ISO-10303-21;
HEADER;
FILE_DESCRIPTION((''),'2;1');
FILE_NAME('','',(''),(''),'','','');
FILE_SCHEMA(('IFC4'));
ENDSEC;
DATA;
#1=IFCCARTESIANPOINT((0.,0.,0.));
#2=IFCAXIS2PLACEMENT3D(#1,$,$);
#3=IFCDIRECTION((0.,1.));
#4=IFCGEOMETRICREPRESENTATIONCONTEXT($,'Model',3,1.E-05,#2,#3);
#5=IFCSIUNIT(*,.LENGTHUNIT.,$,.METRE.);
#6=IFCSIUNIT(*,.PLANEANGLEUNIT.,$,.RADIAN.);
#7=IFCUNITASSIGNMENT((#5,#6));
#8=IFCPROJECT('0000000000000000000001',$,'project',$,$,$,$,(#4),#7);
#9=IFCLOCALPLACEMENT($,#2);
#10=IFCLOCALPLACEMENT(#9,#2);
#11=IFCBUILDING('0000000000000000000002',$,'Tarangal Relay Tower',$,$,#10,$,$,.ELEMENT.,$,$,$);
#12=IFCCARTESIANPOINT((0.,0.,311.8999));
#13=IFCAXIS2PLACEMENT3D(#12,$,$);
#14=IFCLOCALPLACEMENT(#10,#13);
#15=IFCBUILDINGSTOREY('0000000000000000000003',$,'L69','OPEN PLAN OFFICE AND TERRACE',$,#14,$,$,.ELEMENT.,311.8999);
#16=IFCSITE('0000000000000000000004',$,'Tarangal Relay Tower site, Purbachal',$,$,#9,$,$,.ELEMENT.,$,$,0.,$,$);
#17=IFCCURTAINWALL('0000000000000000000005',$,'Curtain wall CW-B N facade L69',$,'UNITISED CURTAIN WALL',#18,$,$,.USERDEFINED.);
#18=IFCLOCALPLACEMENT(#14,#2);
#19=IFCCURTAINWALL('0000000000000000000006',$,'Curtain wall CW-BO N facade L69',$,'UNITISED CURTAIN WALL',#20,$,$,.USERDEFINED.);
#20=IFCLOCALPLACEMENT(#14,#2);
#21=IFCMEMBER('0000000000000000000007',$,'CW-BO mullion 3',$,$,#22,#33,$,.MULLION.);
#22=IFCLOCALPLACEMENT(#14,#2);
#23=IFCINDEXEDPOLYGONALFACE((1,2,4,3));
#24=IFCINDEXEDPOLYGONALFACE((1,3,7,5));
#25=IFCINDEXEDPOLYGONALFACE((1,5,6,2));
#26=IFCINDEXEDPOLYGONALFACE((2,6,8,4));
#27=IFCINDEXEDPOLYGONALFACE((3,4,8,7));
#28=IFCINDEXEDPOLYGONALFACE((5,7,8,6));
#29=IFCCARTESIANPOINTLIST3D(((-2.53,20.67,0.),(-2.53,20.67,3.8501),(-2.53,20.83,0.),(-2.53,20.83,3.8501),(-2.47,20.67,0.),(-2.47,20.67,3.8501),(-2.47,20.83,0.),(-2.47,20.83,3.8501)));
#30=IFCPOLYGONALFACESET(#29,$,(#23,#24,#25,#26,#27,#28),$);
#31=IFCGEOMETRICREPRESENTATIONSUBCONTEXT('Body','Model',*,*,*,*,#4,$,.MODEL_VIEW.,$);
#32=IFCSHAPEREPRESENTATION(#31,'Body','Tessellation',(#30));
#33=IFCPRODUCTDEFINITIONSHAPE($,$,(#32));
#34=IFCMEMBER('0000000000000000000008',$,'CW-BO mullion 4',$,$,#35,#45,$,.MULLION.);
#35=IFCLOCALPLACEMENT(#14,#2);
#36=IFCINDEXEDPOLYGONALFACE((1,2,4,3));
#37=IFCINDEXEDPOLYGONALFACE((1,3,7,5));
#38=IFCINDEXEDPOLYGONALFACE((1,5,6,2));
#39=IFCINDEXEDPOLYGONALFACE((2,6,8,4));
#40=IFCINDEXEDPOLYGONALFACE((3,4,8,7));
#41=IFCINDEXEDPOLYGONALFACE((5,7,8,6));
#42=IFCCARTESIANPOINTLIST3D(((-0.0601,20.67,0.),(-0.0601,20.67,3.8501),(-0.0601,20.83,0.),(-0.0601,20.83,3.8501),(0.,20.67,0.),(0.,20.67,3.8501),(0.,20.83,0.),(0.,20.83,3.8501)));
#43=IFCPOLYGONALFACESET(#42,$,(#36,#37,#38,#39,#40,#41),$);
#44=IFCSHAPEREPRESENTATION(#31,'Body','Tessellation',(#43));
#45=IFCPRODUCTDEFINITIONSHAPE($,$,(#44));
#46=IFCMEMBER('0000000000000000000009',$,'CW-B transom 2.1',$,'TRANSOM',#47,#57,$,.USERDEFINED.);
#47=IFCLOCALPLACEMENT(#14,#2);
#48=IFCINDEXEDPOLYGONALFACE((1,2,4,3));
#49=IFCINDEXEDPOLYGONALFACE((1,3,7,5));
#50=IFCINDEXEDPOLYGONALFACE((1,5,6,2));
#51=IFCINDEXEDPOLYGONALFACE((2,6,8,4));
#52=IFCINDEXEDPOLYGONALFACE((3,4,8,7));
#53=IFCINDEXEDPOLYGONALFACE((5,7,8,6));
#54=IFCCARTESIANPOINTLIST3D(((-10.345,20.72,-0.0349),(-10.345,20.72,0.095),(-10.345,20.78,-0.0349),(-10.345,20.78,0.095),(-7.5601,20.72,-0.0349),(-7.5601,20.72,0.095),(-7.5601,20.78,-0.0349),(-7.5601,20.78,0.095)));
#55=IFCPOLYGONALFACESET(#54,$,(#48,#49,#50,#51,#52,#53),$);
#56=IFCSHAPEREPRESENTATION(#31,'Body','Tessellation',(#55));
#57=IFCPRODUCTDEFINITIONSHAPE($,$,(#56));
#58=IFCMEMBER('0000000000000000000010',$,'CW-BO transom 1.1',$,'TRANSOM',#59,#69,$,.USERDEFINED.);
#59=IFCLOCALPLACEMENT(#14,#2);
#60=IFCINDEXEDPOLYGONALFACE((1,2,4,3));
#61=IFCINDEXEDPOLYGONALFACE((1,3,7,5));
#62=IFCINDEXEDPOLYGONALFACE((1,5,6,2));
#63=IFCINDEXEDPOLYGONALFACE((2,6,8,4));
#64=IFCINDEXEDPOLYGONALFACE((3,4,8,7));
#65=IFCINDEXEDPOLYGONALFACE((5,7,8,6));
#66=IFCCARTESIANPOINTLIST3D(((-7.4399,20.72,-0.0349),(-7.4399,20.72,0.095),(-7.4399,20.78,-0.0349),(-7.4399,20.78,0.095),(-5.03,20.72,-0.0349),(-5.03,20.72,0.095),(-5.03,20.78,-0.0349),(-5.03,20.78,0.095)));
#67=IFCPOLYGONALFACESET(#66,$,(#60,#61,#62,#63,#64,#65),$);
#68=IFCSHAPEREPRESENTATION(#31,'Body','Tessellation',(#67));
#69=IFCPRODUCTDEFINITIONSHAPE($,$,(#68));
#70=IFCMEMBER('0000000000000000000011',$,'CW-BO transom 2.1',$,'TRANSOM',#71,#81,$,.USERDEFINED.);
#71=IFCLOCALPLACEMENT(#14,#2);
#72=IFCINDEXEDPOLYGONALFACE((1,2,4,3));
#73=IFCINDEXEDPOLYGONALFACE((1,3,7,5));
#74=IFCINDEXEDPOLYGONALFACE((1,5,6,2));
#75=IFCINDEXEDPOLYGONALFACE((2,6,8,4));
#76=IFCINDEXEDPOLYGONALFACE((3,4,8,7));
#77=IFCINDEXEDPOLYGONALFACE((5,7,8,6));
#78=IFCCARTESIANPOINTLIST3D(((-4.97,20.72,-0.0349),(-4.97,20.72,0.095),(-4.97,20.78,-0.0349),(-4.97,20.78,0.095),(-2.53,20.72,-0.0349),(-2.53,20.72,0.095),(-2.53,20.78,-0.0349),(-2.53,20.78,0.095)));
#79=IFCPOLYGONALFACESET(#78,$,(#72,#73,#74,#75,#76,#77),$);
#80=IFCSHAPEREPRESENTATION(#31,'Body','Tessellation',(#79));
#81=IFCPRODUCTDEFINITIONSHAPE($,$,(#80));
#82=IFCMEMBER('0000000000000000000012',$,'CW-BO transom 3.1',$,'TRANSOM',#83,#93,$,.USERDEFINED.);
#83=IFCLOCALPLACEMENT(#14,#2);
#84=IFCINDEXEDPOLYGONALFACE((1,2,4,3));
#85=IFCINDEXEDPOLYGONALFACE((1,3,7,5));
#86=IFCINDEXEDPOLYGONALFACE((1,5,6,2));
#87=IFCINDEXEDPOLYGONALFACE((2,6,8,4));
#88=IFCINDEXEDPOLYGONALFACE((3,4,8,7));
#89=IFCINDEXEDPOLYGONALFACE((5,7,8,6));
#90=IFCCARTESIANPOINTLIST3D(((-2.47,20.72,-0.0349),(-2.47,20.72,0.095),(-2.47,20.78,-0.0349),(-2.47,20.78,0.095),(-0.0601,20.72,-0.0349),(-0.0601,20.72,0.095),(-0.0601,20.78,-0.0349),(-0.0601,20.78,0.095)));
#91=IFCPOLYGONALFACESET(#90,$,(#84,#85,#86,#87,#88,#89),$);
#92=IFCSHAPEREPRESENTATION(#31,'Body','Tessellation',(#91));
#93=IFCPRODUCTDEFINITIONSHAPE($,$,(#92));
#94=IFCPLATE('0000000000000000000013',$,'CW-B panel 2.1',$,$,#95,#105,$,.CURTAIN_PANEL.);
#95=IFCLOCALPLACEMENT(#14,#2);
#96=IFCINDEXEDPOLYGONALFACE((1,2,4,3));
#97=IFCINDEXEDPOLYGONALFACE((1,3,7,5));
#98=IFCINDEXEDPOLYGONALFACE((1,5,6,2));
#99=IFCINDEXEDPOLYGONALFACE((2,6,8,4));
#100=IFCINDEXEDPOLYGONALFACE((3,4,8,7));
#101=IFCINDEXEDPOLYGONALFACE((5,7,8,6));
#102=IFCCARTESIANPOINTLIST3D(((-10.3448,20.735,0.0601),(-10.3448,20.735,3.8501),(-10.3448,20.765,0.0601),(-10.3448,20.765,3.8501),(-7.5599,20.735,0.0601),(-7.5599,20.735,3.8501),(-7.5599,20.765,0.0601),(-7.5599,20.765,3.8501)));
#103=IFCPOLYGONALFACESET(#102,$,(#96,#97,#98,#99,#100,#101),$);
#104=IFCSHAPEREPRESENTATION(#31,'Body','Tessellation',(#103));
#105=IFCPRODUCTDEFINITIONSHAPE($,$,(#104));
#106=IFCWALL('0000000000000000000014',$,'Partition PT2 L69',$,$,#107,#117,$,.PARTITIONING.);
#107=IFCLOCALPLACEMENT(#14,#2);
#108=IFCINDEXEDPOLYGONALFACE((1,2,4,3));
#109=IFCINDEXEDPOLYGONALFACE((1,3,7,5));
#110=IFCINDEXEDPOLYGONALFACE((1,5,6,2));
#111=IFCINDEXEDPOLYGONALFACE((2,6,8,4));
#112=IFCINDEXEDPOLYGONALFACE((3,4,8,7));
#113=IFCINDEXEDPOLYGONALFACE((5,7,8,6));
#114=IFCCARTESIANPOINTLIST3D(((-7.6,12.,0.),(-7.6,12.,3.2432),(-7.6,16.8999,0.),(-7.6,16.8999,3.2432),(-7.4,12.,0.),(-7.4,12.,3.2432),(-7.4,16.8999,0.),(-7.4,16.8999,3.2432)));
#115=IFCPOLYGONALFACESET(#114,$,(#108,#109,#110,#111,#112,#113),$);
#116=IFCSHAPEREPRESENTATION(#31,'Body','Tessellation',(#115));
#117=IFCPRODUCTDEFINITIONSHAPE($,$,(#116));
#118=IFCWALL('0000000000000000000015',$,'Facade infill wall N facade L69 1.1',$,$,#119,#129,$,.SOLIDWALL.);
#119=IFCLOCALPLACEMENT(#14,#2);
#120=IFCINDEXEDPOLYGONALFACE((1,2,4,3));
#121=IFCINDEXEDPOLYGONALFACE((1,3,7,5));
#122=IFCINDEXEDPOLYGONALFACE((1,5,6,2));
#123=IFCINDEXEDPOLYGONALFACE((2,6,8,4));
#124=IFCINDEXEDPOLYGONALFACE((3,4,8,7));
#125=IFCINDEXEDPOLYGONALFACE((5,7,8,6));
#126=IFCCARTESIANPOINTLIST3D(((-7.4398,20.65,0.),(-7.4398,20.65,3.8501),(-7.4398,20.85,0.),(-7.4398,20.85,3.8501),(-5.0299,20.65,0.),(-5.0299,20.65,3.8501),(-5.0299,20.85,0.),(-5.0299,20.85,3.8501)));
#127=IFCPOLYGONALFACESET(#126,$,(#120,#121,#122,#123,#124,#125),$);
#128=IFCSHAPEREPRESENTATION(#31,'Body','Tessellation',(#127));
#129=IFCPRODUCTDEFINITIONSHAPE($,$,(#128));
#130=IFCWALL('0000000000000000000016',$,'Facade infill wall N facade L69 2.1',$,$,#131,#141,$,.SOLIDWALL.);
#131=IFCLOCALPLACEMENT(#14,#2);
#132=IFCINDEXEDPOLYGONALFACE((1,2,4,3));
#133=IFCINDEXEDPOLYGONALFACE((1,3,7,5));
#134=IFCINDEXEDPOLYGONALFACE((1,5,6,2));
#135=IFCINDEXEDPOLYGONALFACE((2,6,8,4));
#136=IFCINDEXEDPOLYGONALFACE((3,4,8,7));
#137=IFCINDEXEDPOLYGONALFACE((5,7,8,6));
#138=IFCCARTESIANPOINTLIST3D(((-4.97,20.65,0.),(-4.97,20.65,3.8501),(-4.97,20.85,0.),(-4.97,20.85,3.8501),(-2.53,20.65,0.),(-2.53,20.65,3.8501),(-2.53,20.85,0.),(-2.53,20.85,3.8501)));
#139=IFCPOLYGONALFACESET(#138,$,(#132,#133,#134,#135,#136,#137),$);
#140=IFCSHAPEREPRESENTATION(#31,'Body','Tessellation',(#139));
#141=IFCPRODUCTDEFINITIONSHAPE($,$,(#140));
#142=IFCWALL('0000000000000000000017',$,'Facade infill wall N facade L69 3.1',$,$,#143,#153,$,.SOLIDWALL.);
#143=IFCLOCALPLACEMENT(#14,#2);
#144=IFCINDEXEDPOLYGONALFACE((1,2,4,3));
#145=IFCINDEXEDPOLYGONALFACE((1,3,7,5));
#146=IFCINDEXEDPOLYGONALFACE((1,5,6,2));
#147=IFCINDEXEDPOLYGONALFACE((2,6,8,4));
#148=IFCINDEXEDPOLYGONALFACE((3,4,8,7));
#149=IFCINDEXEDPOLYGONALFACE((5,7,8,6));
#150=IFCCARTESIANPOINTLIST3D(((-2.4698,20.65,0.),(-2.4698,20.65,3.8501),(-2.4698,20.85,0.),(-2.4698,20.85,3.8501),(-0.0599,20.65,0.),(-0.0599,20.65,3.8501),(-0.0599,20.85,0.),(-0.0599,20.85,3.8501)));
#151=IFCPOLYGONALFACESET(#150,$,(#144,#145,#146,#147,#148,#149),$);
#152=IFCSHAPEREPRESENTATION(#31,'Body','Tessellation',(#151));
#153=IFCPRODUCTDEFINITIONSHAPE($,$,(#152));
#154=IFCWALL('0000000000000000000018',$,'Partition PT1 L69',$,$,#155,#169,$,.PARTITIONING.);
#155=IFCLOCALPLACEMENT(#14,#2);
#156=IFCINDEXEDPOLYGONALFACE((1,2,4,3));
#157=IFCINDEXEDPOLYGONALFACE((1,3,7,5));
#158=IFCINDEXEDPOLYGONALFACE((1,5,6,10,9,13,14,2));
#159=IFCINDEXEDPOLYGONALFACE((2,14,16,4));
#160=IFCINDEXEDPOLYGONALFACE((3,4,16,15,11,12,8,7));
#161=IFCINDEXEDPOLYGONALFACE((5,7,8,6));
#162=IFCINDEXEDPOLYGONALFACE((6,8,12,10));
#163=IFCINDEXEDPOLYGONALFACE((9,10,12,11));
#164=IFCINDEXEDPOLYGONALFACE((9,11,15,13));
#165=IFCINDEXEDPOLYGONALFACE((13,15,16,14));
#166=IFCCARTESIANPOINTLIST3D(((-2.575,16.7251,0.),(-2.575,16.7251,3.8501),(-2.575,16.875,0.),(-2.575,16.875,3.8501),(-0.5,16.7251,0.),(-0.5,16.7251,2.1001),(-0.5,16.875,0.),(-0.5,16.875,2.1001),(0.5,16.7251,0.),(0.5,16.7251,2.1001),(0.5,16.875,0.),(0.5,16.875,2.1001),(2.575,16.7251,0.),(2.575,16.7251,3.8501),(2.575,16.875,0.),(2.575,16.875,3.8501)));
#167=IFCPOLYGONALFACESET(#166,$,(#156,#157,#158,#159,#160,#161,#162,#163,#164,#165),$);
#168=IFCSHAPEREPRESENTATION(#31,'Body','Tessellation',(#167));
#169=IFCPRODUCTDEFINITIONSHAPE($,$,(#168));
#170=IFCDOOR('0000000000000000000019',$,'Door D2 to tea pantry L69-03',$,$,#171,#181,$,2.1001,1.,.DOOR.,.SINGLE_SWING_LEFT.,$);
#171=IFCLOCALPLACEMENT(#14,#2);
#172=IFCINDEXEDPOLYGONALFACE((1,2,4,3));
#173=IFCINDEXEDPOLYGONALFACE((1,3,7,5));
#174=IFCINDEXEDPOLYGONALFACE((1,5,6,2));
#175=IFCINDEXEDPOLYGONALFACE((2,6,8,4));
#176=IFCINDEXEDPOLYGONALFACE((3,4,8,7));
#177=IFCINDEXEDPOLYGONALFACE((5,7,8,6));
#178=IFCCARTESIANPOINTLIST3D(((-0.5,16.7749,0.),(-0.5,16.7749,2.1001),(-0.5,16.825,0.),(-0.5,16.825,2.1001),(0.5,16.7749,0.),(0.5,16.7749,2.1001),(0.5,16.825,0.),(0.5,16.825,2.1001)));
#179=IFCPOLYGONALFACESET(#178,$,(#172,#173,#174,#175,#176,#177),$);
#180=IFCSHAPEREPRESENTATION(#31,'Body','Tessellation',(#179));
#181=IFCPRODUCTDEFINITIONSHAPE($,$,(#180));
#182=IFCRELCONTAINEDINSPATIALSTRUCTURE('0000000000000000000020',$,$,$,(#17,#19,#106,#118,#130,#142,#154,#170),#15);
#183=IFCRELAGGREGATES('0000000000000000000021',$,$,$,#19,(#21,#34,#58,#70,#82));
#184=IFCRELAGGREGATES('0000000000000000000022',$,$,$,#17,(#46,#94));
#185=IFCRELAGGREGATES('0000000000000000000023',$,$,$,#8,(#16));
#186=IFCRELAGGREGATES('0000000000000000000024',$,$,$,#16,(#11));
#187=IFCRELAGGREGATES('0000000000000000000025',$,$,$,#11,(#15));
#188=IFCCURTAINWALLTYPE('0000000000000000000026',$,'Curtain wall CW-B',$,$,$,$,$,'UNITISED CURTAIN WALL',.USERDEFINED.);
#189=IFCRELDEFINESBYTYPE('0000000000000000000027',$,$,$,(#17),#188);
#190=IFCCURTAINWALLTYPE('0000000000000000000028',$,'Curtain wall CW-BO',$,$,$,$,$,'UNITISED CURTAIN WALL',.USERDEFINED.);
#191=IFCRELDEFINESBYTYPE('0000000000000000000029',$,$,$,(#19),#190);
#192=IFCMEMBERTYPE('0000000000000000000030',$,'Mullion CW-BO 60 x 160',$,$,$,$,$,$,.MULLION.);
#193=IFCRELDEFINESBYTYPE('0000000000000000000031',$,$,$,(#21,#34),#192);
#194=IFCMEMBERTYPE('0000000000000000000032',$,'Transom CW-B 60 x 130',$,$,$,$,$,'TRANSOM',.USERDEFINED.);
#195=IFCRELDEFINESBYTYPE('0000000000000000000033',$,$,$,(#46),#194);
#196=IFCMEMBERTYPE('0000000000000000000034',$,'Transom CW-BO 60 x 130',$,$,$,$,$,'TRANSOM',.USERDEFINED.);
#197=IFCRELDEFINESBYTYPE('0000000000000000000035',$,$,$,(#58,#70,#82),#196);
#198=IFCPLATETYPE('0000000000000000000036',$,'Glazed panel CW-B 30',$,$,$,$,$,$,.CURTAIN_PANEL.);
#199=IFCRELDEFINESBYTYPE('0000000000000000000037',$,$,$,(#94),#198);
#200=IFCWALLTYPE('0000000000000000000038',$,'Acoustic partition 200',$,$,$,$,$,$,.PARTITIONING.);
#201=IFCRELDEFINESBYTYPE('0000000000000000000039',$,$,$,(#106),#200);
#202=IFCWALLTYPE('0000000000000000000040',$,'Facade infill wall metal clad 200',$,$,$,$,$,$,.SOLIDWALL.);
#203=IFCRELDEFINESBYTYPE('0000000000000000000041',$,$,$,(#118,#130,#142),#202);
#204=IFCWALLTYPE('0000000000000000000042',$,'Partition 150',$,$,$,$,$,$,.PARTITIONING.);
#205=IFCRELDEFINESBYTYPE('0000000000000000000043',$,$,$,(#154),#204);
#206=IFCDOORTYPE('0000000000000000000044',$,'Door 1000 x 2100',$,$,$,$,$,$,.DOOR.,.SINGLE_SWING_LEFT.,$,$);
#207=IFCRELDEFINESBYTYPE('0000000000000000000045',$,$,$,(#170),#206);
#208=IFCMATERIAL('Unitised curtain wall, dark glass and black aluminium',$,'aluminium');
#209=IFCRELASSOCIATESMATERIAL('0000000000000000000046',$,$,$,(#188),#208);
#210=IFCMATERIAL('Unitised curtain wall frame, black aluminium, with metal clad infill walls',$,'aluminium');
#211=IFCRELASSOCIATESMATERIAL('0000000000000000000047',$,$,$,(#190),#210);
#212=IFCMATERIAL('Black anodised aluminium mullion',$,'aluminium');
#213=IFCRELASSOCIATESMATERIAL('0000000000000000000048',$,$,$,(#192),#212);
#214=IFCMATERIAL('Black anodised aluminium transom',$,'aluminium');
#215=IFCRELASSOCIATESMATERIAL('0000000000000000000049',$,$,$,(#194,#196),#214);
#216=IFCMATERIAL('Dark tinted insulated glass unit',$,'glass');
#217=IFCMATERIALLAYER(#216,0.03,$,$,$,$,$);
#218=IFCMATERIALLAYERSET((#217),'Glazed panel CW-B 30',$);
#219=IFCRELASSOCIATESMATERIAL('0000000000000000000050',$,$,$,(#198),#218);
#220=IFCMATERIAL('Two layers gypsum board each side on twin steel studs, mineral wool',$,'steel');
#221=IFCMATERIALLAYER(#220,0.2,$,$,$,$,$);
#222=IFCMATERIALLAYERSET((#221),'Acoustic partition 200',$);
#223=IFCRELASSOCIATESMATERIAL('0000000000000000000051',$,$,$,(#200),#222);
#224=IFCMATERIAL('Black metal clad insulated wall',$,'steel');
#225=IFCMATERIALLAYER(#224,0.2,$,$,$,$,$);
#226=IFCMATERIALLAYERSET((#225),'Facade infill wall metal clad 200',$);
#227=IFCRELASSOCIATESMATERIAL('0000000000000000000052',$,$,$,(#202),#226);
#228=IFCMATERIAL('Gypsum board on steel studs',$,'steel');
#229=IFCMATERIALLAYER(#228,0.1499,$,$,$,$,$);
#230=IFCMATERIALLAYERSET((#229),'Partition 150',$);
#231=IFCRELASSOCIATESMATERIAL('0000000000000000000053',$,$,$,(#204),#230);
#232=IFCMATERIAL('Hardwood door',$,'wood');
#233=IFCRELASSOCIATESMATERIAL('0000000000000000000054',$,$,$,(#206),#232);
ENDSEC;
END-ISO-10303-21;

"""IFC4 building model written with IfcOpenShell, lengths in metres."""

from ifc_helpers import new_model, si_unit, direction, frame, frame_2d, origin, origin_2d, place, context, subcontext, project, spatial, rectangle, extrude, material, layer, layer_set, material_profile, profile_set, type_object, element, fill, aggregate, save


model = new_model("IFC4")

# Units and contexts
model_context = context("Model", 3, precision=1e-05, world=origin(), true_north=direction((0.0, 1.0)))
body_context = subcontext(model_context, "Body", "Model", "MODEL_VIEW")
ifc_project = project(units=[si_unit("LENGTHUNIT", "METRE"), si_unit("PLANEANGLEUNIT", "RADIAN")], contexts=[model_context])

# Site, building, storey
site_placement = place(None, origin())
site = spatial("IfcSite", under=ifc_project, at=site_placement, Name="Tarangal Relay Tower site, Purbachal", CompositionType="ELEMENT", RefElevation=0.0)
building_placement = place(site_placement, origin())
building = spatial("IfcBuilding", under=site, at=building_placement, Name="Tarangal Relay Tower", CompositionType="ELEMENT")
storey_placement = place(building_placement, frame((0.0, 0.0, 311.8999)))
storey = spatial("IfcBuildingStorey", under=building, at=storey_placement, Name="L69", Description="OPEN PLAN OFFICE AND TERRACE", CompositionType="ELEMENT", Elevation=311.8999)

# Curtain walls, members
ifc_material_1 = material(Name="Unitised curtain wall, dark glass and black aluminium", Category="aluminium")
curtain_wall_type_1 = type_object("IfcCurtainWallType", Name="Curtain wall CW-B", ElementType="UNITISED CURTAIN WALL", PredefinedType="USERDEFINED", material=ifc_material_1)
curtain_wall_1_placement = place(storey_placement, origin())
curtain_wall_1 = element("IfcCurtainWall", 1, at=curtain_wall_1_placement, inside=storey, type_object=curtain_wall_type_1, Name="Curtain wall CW-B N facade L69", ObjectType="UNITISED CURTAIN WALL", PredefinedType="USERDEFINED")
ifc_material_2 = material(Name="Black anodised aluminium mullion", Category="aluminium")
ifc_material_3 = material(Name="Unitised curtain wall frame, black aluminium, with metal clad infill walls", Category="aluminium")
curtain_wall_type_2 = type_object("IfcCurtainWallType", Name="Curtain wall CW-BO", ElementType="UNITISED CURTAIN WALL", PredefinedType="USERDEFINED", material=ifc_material_3)
curtain_wall_2_placement = place(storey_placement, origin())
curtain_wall_2 = element("IfcCurtainWall", 2, at=curtain_wall_2_placement, inside=storey, type_object=curtain_wall_type_2, Name="Curtain wall CW-BO N facade L69", ObjectType="UNITISED CURTAIN WALL", PredefinedType="USERDEFINED")
ifc_material_profile_1 = material_profile(ifc_material_2, rectangle(XDim=0.1599, YDim=0.0601, at=origin_2d()), Name="CW-BOM 60X160")
ifc_profile_set_1 = profile_set([ifc_material_profile_1], Name="Black anodised aluminium mullion")
member_type_1 = type_object("IfcMemberType", Name="Mullion CW-BO 60 x 160", PredefinedType="MULLION", material=ifc_profile_set_1)
member_1_placement = place(storey_placement, frame((-2.5, 20.75, 0.0), z_axis=(0.0, 0.0, 1.0), x_axis=(0.0, 1.0, 0.0)))
member_1 = element("IfcMember", 3, at=member_1_placement, type_object=member_type_1, Name="CW-BO mullion 3", PredefinedType="MULLION", context=body_context, shape_type="SweptSolid", body=[
    extrude(rectangle(XDim=0.1599, YDim=0.0601, at=origin_2d()), origin(), (0.0, 0.0, 1.0), 3.8501),
])
member_2_placement = place(storey_placement, frame((-0.03, 20.75, 0.0), z_axis=(0.0, 0.0, 1.0), x_axis=(0.0, 1.0, 0.0)))
member_2 = element("IfcMember", 4, at=member_2_placement, type_object=member_type_1, Name="CW-BO mullion 4", PredefinedType="MULLION", context=body_context, shape_type="SweptSolid", body=[
    extrude(rectangle(XDim=0.1599, YDim=0.0601, at=origin_2d()), origin(), (0.0, 0.0, 1.0), 3.8501),
])

# Members
ifc_material_4 = material(Name="Black anodised aluminium transom", Category="aluminium")
ifc_material_profile_2 = material_profile(ifc_material_4, rectangle(XDim=0.0601, YDim=0.1299, at=origin_2d()), Name="CW-BT 60X130")
ifc_profile_set_2 = profile_set([ifc_material_profile_2], Name="Black anodised aluminium transom")
member_type_2 = type_object("IfcMemberType", Name="Transom CW-B 60 x 130", ElementType="TRANSOM", PredefinedType="USERDEFINED", material=ifc_profile_set_2)
member_3_placement = place(storey_placement, frame((-10.345, 20.75, 0.03), z_axis=(1.0, 0.0, 0.0), x_axis=(0.0, 1.0, 0.0)))
member_3 = element("IfcMember", 5, at=member_3_placement, type_object=member_type_2, Name="CW-B transom 2.1", ObjectType="TRANSOM", PredefinedType="USERDEFINED", context=body_context, shape_type="SweptSolid", body=[
    extrude(rectangle(XDim=0.0601, YDim=0.1299, at=origin_2d()), origin(), (0.0, 0.0, 1.0), 2.7849),
])
ifc_material_profile_3 = material_profile(ifc_material_4, rectangle(XDim=0.0601, YDim=0.1299, at=origin_2d()), Name="CW-BOT 60X130")
ifc_profile_set_3 = profile_set([ifc_material_profile_3], Name="Black anodised aluminium transom")
member_type_3 = type_object("IfcMemberType", Name="Transom CW-BO 60 x 130", ElementType="TRANSOM", PredefinedType="USERDEFINED", material=ifc_profile_set_3)
member_4_placement = place(storey_placement, frame((-7.4399, 20.75, 0.03), z_axis=(1.0, 0.0, 0.0), x_axis=(0.0, 1.0, 0.0)))
member_4 = element("IfcMember", 6, at=member_4_placement, type_object=member_type_3, Name="CW-BO transom 1.1", ObjectType="TRANSOM", PredefinedType="USERDEFINED", context=body_context, shape_type="SweptSolid", body=[
    extrude(rectangle(XDim=0.0601, YDim=0.1299, at=origin_2d()), origin(), (0.0, 0.0, 1.0), 2.4099),
])
member_5_placement = place(storey_placement, frame((-4.97, 20.75, 0.03), z_axis=(1.0, 0.0, 0.0), x_axis=(0.0, 1.0, 0.0)))
member_5 = element("IfcMember", 7, at=member_5_placement, type_object=member_type_3, Name="CW-BO transom 2.1", ObjectType="TRANSOM", PredefinedType="USERDEFINED", context=body_context, shape_type="SweptSolid", body=[
    extrude(rectangle(XDim=0.0601, YDim=0.1299, at=origin_2d()), origin(), (0.0, 0.0, 1.0), 2.4399),
])
member_6_placement = place(storey_placement, frame((-2.47, 20.75, 0.03), z_axis=(1.0, 0.0, 0.0), x_axis=(0.0, 1.0, 0.0)))
member_6 = element("IfcMember", 8, at=member_6_placement, type_object=member_type_3, Name="CW-BO transom 3.1", ObjectType="TRANSOM", PredefinedType="USERDEFINED", context=body_context, shape_type="SweptSolid", body=[
    extrude(rectangle(XDim=0.0601, YDim=0.1299, at=origin_2d()), origin(), (0.0, 0.0, 1.0), 2.4099),
])
aggregate(curtain_wall_2, [member_1, member_2, member_4, member_5, member_6])

# Plate
ifc_material_5 = material(Name="Dark tinted insulated glass unit", Category="glass")
ifc_layer_1 = layer(ifc_material_5, 0.03)
ifc_layer_set_1 = layer_set([ifc_layer_1], Name="Glazed panel CW-B 30")
plate_type = type_object("IfcPlateType", Name="Glazed panel CW-B 30", PredefinedType="CURTAIN_PANEL", material=ifc_layer_set_1)
plate_placement = place(storey_placement, frame((-8.9524, 20.75, 0.0601), z_axis=(0.0, 0.0, 1.0), x_axis=(1.0, 0.0, 0.0)))
plate = element("IfcPlate", 9, at=plate_placement, type_object=plate_type, Name="CW-B panel 2.1", PredefinedType="CURTAIN_PANEL", context=body_context, shape_type="SweptSolid", body=[
    extrude(rectangle(XDim=2.7849, YDim=0.03, at=origin_2d()), origin(), (0.0, 0.0, 1.0), 3.79),
])
aggregate(curtain_wall_1, [member_3, plate])

# Walls
ifc_material_6 = material(Name="Two layers gypsum board each side on twin steel studs, mineral wool", Category="steel")
ifc_layer_2 = layer(ifc_material_6, 0.2)
ifc_layer_set_2 = layer_set([ifc_layer_2], Name="Acoustic partition 200")
wall_type_1 = type_object("IfcWallType", Name="Acoustic partition 200", PredefinedType="PARTITIONING", material=ifc_layer_set_2)
wall_1_placement = place(storey_placement, frame((-7.5, 12.0, 0.0), z_axis=(0.0, 0.0, 1.0), x_axis=(0.0, 1.0, 0.0)))
element("IfcWall", 10, at=wall_1_placement, inside=storey, type_object=wall_type_1, Name="Partition PT2 L69", PredefinedType="PARTITIONING", context=body_context, shape_type="SweptSolid", body=[
    extrude(rectangle(XDim=4.8999, YDim=0.2, at=frame_2d((2.45, 0.0))), origin(), (0.0, 0.0, 1.0), 3.2432),
])
ifc_material_7 = material(Name="Black metal clad insulated wall", Category="steel")
ifc_layer_3 = layer(ifc_material_7, 0.2)
ifc_layer_set_3 = layer_set([ifc_layer_3], Name="Facade infill wall metal clad 200")
wall_type_2 = type_object("IfcWallType", Name="Facade infill wall metal clad 200", PredefinedType="SOLIDWALL", material=ifc_layer_set_3)
wall_2_placement = place(storey_placement, frame((-7.4399, 20.75, 0.0), z_axis=(0.0, 0.0, 1.0), x_axis=(1.0, 0.0, 0.0)))
element("IfcWall", 11, at=wall_2_placement, inside=storey, type_object=wall_type_2, Name="Facade infill wall N facade L69 1.1", PredefinedType="SOLIDWALL", context=body_context, shape_type="SweptSolid", body=[
    extrude(rectangle(XDim=2.4099, YDim=0.2, at=frame_2d((1.2051, 0.0))), origin(), (0.0, 0.0, 1.0), 3.8501),
])
wall_3_placement = place(storey_placement, frame((-4.97, 20.75, 0.0), z_axis=(0.0, 0.0, 1.0), x_axis=(1.0, 0.0, 0.0)))
element("IfcWall", 12, at=wall_3_placement, inside=storey, type_object=wall_type_2, Name="Facade infill wall N facade L69 2.1", PredefinedType="SOLIDWALL", context=body_context, shape_type="SweptSolid", body=[
    extrude(rectangle(XDim=2.4399, YDim=0.2, at=frame_2d((1.22, 0.0))), origin(), (0.0, 0.0, 1.0), 3.8501),
])
wall_4_placement = place(storey_placement, frame((-2.47, 20.75, 0.0), z_axis=(0.0, 0.0, 1.0), x_axis=(1.0, 0.0, 0.0)))
element("IfcWall", 13, at=wall_4_placement, inside=storey, type_object=wall_type_2, Name="Facade infill wall N facade L69 3.1", PredefinedType="SOLIDWALL", context=body_context, shape_type="SweptSolid", body=[
    extrude(rectangle(XDim=2.4099, YDim=0.2, at=frame_2d((1.2051, 0.0))), origin(), (0.0, 0.0, 1.0), 3.8501),
])

# Wall, opening, door
ifc_material_8 = material(Name="Gypsum board on steel studs", Category="steel")
ifc_layer_4 = layer(ifc_material_8, 0.1499)
ifc_layer_set_4 = layer_set([ifc_layer_4], Name="Partition 150")
wall_type_3 = type_object("IfcWallType", Name="Partition 150", PredefinedType="PARTITIONING", material=ifc_layer_set_4)
wall_5_placement = place(storey_placement, frame((-2.575, 16.8, 0.0), z_axis=(0.0, 0.0, 1.0), x_axis=(1.0, 0.0, 0.0)))
wall_5 = element("IfcWall", 14, at=wall_5_placement, inside=storey, type_object=wall_type_3, Name="Partition PT1 L69", PredefinedType="PARTITIONING", context=body_context, shape_type="SweptSolid", body=[
    extrude(rectangle(XDim=5.1499, YDim=0.1499, at=frame_2d((2.575, 0.0))), origin(), (0.0, 0.0, 1.0), 3.8501),
])
opening_placement = place(wall_5_placement, frame((2.075, 0.0, 0.0)))
opening = element("IfcOpeningElement", 15, at=opening_placement, cuts=wall_5, PredefinedType="OPENING", context=body_context, shape_type="SweptSolid", body=[
    extrude(rectangle(XDim=1.0, YDim=2.1001, at=frame_2d((0.5, 1.05))), frame((0.0, 0.085, 0.0), z_axis=(0.0, -1.0, 0.0), x_axis=(1.0, 0.0, 0.0)), (0.0, 0.0, 1.0), 0.1699),
])
ifc_material_9 = material(Name="Hardwood door", Category="wood")
door_type = type_object("IfcDoorType", Name="Door 1000 x 2100", OperationType="SINGLE_SWING_LEFT", PredefinedType="DOOR", material=ifc_material_9)
door_placement = place(opening_placement, origin())
door = element("IfcDoor", 16, at=door_placement, inside=storey, type_object=door_type, Name="Door D2 to tea pantry L69-03", OperationType="SINGLE_SWING_LEFT", OverallHeight=2.1001, OverallWidth=1.0, PredefinedType="DOOR", context=body_context, shape_type="SweptSolid", body=[
    extrude(rectangle(XDim=1.0, YDim=2.1001, at=frame_2d((0.5, 1.05))), frame((0.0, 0.0249, 0.0), z_axis=(0.0, -1.0, 0.0), x_axis=(1.0, 0.0, 0.0)), (0.0, 0.0, 1.0), 0.05),
])
fill(opening, door)

save(model, "model.ifc")
